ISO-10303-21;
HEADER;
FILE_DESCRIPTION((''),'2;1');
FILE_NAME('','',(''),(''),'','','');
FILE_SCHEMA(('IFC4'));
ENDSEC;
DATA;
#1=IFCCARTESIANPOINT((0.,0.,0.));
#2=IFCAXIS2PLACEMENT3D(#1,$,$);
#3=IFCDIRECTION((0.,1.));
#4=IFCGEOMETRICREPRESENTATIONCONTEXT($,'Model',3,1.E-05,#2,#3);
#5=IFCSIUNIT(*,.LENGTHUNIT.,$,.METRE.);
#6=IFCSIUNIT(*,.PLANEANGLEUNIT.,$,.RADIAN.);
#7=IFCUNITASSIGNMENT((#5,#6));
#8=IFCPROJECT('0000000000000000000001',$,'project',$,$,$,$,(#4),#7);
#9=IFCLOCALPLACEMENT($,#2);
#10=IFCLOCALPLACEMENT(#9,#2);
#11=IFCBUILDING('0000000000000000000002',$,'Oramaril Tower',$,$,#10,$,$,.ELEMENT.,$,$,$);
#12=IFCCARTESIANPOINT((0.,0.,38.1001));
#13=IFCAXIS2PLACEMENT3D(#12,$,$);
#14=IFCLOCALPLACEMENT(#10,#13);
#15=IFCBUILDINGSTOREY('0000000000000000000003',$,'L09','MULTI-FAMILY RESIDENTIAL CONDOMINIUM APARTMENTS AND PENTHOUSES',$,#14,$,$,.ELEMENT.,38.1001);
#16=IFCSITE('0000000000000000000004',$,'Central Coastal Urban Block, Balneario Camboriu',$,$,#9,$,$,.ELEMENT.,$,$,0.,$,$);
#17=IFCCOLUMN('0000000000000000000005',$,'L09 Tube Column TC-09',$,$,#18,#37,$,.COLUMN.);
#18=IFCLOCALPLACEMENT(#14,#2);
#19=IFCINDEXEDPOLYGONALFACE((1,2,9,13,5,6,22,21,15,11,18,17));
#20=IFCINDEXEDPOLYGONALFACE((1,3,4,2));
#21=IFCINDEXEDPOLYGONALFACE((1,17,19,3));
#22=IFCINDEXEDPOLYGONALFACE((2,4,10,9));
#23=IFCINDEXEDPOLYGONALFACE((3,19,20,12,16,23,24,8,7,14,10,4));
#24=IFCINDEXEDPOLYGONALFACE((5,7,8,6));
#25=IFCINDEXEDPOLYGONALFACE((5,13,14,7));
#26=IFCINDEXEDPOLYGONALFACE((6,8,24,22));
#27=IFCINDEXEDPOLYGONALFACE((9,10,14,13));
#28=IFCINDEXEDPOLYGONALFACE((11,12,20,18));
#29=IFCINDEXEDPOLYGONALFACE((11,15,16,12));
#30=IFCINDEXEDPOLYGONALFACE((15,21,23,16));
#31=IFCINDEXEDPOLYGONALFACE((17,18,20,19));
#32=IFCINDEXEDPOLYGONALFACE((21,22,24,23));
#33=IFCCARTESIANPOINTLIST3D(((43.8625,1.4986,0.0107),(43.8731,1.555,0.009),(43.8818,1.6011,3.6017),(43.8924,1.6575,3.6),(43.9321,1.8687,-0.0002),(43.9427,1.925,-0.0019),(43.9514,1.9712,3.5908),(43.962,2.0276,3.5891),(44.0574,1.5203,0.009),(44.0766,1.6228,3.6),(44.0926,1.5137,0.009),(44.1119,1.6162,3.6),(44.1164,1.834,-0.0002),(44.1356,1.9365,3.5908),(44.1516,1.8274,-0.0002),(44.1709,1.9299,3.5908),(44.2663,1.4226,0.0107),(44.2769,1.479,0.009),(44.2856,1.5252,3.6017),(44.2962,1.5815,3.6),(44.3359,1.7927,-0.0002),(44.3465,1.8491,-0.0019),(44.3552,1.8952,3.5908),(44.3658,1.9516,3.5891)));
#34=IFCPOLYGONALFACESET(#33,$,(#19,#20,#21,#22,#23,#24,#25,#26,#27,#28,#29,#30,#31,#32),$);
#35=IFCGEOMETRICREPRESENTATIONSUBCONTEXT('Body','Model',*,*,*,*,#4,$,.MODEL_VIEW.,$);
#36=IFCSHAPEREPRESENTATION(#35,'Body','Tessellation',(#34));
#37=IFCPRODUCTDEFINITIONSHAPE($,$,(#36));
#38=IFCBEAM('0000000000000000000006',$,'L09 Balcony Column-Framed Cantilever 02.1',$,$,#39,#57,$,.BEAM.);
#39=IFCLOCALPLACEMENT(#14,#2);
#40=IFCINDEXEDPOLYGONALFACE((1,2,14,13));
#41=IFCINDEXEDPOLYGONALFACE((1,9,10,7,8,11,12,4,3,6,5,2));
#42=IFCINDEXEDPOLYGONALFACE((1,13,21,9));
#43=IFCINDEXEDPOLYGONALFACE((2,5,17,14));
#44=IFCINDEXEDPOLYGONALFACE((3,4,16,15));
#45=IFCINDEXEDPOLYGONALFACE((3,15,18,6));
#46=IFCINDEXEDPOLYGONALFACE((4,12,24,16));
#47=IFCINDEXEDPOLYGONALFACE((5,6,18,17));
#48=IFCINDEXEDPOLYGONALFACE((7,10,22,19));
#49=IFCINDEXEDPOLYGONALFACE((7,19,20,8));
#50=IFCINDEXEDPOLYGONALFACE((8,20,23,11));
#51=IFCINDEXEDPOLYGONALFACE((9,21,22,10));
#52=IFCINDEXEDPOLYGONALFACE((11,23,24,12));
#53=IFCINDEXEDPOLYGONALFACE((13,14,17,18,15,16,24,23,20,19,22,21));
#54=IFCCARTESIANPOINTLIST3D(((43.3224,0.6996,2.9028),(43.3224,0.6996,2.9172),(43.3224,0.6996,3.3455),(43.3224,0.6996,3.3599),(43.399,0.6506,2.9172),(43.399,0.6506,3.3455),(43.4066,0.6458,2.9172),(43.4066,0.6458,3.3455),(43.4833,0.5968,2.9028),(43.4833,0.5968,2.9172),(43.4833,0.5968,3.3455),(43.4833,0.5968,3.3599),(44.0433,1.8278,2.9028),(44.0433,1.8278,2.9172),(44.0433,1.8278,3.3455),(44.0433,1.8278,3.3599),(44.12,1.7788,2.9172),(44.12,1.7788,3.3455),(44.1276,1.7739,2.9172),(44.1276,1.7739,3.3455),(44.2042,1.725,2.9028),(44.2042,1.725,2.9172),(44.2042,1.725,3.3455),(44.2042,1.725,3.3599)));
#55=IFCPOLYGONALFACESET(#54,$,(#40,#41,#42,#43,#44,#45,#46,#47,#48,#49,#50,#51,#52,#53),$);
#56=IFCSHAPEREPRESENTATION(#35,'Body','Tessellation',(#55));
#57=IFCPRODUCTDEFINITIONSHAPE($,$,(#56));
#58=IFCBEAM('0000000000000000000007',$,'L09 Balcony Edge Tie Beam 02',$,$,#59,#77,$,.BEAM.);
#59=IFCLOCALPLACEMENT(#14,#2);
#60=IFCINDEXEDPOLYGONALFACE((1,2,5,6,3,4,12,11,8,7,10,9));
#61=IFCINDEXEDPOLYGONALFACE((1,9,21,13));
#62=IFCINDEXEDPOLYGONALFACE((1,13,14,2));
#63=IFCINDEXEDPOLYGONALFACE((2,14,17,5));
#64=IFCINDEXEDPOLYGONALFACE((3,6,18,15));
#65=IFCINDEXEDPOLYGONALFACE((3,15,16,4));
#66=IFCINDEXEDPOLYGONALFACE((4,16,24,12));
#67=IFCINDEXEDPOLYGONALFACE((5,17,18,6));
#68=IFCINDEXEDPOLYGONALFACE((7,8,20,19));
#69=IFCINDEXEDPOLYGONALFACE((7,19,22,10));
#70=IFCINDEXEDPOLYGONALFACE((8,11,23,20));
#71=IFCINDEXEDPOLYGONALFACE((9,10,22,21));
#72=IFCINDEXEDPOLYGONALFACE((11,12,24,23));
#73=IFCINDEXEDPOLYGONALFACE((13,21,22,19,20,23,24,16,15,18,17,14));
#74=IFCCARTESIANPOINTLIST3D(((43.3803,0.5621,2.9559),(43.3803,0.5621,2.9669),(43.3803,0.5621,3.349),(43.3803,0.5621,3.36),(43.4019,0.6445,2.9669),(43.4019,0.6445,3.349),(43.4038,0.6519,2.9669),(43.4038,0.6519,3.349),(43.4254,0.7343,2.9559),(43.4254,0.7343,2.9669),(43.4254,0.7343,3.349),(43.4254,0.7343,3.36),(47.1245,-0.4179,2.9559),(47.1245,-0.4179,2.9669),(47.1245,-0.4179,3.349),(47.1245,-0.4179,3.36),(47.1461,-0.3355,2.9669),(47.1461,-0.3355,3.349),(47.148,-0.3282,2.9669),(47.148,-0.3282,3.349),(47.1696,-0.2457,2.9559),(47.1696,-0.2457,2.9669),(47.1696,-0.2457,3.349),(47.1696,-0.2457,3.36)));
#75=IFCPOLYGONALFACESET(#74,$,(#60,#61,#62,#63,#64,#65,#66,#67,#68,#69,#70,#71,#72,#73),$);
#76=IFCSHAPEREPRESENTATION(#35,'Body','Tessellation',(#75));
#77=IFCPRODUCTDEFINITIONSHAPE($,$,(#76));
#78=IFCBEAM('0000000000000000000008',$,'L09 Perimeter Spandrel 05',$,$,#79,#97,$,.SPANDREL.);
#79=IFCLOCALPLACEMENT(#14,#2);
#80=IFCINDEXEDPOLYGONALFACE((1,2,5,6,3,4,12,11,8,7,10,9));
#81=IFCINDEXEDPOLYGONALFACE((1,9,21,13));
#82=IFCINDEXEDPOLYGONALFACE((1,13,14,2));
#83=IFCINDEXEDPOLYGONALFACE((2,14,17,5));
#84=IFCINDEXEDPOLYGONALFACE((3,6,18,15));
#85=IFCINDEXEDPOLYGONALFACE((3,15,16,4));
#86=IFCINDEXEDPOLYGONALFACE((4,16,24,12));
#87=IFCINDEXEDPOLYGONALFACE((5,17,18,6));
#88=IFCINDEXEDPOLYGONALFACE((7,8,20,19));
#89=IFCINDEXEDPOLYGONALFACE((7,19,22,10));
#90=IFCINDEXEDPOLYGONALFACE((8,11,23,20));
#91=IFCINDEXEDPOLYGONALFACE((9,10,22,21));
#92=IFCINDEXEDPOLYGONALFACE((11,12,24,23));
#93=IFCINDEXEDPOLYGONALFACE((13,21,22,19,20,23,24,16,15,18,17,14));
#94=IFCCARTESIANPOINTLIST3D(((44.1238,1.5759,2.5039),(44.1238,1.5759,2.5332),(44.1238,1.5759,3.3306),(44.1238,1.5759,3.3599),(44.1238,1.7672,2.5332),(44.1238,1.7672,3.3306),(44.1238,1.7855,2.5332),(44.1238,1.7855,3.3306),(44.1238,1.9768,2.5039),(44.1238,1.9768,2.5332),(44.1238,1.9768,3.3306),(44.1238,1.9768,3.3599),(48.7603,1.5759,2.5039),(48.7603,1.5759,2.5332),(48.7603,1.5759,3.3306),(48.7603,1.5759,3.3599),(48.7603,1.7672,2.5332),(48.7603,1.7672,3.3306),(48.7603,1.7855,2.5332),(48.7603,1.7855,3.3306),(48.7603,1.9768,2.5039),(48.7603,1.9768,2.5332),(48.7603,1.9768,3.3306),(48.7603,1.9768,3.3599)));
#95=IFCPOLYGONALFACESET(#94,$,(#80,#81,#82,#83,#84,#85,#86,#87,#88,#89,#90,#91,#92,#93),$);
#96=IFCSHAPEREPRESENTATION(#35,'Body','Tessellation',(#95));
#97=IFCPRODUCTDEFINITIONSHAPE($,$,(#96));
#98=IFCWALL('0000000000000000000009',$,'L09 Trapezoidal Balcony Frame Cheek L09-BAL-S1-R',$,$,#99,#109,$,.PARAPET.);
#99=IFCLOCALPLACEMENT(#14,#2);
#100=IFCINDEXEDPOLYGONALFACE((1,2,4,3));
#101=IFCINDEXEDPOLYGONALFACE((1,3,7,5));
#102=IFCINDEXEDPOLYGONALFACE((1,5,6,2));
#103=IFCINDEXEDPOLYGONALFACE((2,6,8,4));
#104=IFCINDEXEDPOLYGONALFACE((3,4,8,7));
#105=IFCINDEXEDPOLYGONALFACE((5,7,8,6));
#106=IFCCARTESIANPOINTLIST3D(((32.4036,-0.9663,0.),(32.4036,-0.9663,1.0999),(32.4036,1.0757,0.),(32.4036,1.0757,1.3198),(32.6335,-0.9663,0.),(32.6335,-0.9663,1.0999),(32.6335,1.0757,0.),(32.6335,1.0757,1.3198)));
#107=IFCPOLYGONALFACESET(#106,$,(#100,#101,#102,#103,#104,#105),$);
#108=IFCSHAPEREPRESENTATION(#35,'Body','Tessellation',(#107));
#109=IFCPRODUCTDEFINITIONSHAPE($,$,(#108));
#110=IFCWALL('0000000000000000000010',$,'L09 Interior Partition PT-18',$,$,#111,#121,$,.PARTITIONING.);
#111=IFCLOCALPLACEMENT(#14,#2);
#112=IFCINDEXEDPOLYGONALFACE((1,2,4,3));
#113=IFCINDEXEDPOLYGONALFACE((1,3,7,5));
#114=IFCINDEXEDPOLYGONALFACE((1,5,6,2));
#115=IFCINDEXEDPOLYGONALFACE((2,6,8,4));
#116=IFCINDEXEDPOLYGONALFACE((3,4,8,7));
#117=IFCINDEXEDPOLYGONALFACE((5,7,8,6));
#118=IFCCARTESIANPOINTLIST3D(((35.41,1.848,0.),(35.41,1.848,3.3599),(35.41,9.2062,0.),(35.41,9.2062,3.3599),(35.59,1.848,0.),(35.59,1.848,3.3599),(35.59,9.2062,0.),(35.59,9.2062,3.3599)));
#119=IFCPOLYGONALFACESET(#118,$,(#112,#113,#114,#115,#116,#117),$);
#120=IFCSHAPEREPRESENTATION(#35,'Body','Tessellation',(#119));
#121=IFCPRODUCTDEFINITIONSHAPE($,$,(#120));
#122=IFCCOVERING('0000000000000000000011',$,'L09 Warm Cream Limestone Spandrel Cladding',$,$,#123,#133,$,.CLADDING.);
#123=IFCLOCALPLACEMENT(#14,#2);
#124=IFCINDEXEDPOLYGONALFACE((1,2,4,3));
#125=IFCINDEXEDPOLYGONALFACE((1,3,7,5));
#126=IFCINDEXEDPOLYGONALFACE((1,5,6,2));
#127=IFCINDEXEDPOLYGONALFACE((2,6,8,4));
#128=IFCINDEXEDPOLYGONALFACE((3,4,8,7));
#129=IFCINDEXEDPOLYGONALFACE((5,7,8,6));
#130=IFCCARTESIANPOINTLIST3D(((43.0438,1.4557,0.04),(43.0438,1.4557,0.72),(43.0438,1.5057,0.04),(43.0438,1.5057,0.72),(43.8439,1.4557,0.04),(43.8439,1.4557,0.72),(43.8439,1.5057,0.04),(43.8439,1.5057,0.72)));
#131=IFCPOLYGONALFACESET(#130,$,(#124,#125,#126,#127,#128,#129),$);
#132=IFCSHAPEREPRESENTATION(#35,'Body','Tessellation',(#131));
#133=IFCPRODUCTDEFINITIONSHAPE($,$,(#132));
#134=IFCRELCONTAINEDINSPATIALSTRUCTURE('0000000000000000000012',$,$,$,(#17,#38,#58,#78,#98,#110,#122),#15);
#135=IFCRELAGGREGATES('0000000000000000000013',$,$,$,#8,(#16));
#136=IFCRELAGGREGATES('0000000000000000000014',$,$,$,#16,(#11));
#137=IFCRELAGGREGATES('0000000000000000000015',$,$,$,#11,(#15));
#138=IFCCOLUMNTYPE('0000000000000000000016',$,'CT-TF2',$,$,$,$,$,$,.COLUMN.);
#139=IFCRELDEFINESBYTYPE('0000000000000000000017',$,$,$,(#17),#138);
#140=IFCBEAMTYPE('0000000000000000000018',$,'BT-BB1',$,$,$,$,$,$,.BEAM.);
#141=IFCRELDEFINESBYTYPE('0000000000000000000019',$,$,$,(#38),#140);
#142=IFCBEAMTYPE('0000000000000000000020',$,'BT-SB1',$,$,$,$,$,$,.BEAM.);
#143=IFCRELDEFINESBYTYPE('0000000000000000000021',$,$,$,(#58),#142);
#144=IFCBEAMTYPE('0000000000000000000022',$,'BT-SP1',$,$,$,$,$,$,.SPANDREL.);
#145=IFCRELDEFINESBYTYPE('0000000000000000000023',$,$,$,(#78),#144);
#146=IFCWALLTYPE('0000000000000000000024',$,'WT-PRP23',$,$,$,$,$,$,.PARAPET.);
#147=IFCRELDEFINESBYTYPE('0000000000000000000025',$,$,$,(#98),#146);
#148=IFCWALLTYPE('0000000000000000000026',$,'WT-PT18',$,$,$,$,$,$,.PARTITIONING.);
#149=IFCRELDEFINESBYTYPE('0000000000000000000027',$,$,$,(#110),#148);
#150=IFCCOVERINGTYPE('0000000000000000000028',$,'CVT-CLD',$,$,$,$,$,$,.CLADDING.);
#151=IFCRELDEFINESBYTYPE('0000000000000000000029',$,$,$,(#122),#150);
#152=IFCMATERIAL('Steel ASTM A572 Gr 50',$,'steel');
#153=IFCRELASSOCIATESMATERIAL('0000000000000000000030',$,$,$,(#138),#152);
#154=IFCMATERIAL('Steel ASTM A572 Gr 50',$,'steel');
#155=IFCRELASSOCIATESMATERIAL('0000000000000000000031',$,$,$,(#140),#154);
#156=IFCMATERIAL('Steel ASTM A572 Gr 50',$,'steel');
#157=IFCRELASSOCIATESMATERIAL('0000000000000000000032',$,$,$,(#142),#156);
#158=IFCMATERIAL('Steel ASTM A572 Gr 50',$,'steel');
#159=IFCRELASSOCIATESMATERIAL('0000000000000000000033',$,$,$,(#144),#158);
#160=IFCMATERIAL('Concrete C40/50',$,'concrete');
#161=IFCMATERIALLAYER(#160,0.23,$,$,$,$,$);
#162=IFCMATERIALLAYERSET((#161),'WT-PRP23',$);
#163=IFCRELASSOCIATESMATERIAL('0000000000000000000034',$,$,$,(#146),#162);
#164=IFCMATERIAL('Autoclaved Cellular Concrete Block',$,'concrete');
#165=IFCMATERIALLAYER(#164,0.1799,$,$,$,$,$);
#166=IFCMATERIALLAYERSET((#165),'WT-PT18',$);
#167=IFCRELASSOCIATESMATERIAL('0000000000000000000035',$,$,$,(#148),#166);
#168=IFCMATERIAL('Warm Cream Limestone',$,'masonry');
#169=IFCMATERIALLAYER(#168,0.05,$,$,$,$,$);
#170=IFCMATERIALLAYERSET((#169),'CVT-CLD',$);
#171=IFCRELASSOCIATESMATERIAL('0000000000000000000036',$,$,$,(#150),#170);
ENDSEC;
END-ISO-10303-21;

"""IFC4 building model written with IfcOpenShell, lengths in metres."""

from ifc_helpers import new_model, si_unit, direction, frame, frame_2d, origin, origin_2d, place, context, subcontext, project, spatial, polyline, rectangle, i_section, outline, extrude, material, layer, layer_set, material_profile, profile_set, type_object, element, save


model = new_model("IFC4")

# Units and contexts
model_context = context("Model", 3, precision=1e-05, world=origin(), true_north=direction((0.0, 1.0)))
body_context = subcontext(model_context, "Body", "Model", "MODEL_VIEW")
ifc_project = project(units=[si_unit("LENGTHUNIT", "METRE"), si_unit("PLANEANGLEUNIT", "RADIAN")], contexts=[model_context])

# Site, building, storey
site_placement = place(None, origin())
site = spatial("IfcSite", under=ifc_project, at=site_placement, Name="Central Coastal Urban Block, Balneario Camboriu", CompositionType="ELEMENT", RefElevation=0.0)
building_placement = place(site_placement, origin())
building = spatial("IfcBuilding", under=site, at=building_placement, Name="Oramaril Tower", CompositionType="ELEMENT")
storey_placement = place(building_placement, frame((0.0, 0.0, 38.1001)))
storey = spatial("IfcBuildingStorey", under=building, at=storey_placement, Name="L09", Description="MULTI-FAMILY RESIDENTIAL CONDOMINIUM APARTMENTS AND PENTHOUSES", CompositionType="ELEMENT", Elevation=38.1001)

# Column
ifc_material_1 = material(Name="Steel ASTM A572 Gr 50", Category="steel")
ifc_material_profile_1 = material_profile(ifc_material_1, i_section(OverallWidth=0.4109, OverallDepth=0.4341, WebThickness=0.0359, FlangeThickness=0.0574, at=origin_2d()), Name="W14X311")
ifc_profile_set_1 = profile_set([ifc_material_profile_1], Name="Steel ASTM A572 Gr 50")
column_type = type_object("IfcColumnType", Name="CT-TF2", PredefinedType="COLUMN", material=ifc_profile_set_1)
column_placement = place(storey_placement, frame((44.1045, 1.6738, 0.0044), z_axis=(0.005369, 0.028542, 0.999578), x_axis=(-0.982766, 0.184854, 0.0)))
element("IfcColumn", 1, at=column_placement, inside=storey, type_object=column_type, Name="L09 Tube Column TC-09", PredefinedType="COLUMN", context=body_context, shape_type="SweptSolid", body=[
    extrude(i_section(OverallWidth=0.4109, OverallDepth=0.4341, WebThickness=0.0359, FlangeThickness=0.0574, at=origin_2d()), origin(), (0.0, 0.0, 1.0), 3.5925),
])

# Beams
ifc_material_2 = material(Name="Steel ASTM A572 Gr 50", Category="steel")
ifc_material_profile_2 = material_profile(ifc_material_2, i_section(OverallWidth=0.1909, OverallDepth=0.457, WebThickness=0.009, FlangeThickness=0.0144, at=origin_2d()), Name="W18X50")
ifc_profile_set_2 = profile_set([ifc_material_profile_2], Name="Steel ASTM A572 Gr 50")
beam_type_1 = type_object("IfcBeamType", Name="BT-BB1", PredefinedType="BEAM", material=ifc_profile_set_2)
beam_1_placement = place(storey_placement, frame((44.1238, 1.7764, 3.1313), z_axis=(-0.538479, -0.842639, 0.0), x_axis=(0.842639, -0.538479, 0.0)))
element("IfcBeam", 2, at=beam_1_placement, inside=storey, type_object=beam_type_1, Name="L09 Balcony Column-Framed Cantilever 02.1", PredefinedType="BEAM", context=body_context, shape_type="SweptSolid", body=[
    extrude(i_section(OverallWidth=0.1909, OverallDepth=0.457, WebThickness=0.009, FlangeThickness=0.0144, at=origin_2d()), origin(), (0.0, 0.0, 1.0), 1.3389),
])
ifc_material_3 = material(Name="Steel ASTM A572 Gr 50", Category="steel")
ifc_material_profile_3 = material_profile(ifc_material_3, i_section(OverallWidth=0.178, OverallDepth=0.4041, WebThickness=0.0076, FlangeThickness=0.011, at=origin_2d()), Name="W16X36")
ifc_profile_set_3 = profile_set([ifc_material_profile_3], Name="Steel ASTM A572 Gr 50")
beam_type_2 = type_object("IfcBeamType", Name="BT-SB1", PredefinedType="BEAM", material=ifc_profile_set_3)
beam_2_placement = place(storey_placement, frame((43.4028, 0.6482, 3.158), z_axis=(0.967412, -0.253208, 0.0), x_axis=(0.253208, 0.967412, 0.0)))
element("IfcBeam", 3, at=beam_2_placement, inside=storey, type_object=beam_type_2, Name="L09 Balcony Edge Tie Beam 02", PredefinedType="BEAM", context=body_context, shape_type="SweptSolid", body=[
    extrude(i_section(OverallWidth=0.178, OverallDepth=0.4041, WebThickness=0.0076, FlangeThickness=0.011, at=origin_2d()), origin(), (0.0, 0.0, 1.0), 3.8704),
])
ifc_material_4 = material(Name="Steel ASTM A572 Gr 50", Category="steel")
ifc_material_profile_4 = material_profile(ifc_material_4, i_section(OverallWidth=0.4009, OverallDepth=0.856, WebThickness=0.0183, FlangeThickness=0.0293, at=origin_2d()), Name="W33X201")
ifc_profile_set_4 = profile_set([ifc_material_profile_4], Name="Steel ASTM A572 Gr 50")
beam_type_3 = type_object("IfcBeamType", Name="BT-SP1", PredefinedType="SPANDREL", material=ifc_profile_set_4)
beam_3_placement = place(storey_placement, frame((44.1238, 1.7764, 2.9319), z_axis=(1.0, 0.0, 0.0), x_axis=(0.0, 1.0, 0.0)))
element("IfcBeam", 4, at=beam_3_placement, inside=storey, type_object=beam_type_3, Name="L09 Perimeter Spandrel 05", PredefinedType="SPANDREL", context=body_context, shape_type="SweptSolid", body=[
    extrude(i_section(OverallWidth=0.4009, OverallDepth=0.856, WebThickness=0.0183, FlangeThickness=0.0293, at=origin_2d()), origin(), (0.0, 0.0, 1.0), 4.6365),
])

# Walls
ifc_material_5 = material(Name="Concrete C40/50", Category="concrete")
ifc_layer_1 = layer(ifc_material_5, 0.23)
ifc_layer_set_1 = layer_set([ifc_layer_1], Name="WT-PRP23")
wall_type_1 = type_object("IfcWallType", Name="WT-PRP23", PredefinedType="PARAPET", material=ifc_layer_set_1)
wall_1_placement = place(storey_placement, frame((32.5186, 1.0757, 0.0), z_axis=(0.0, 0.0, 1.0), x_axis=(0.0, -1.0, 0.0)))
element("IfcWall", 5, at=wall_1_placement, inside=storey, type_object=wall_type_1, Name="L09 Trapezoidal Balcony Frame Cheek L09-BAL-S1-R", PredefinedType="PARAPET", context=body_context, shape_type="SweptSolid", body=[
    extrude(outline(polyline([(0.0, 0.0), (2.042, 0.0), (2.042, 1.0999), (0.0, 1.3198), (0.0, 0.0)])), frame((0.0, 0.115, 0.0), z_axis=(0.0, -1.0, 0.0), x_axis=(1.0, 0.0, 0.0)), (0.0, 0.0, 1.0), 0.23),
])
ifc_material_6 = material(Name="Autoclaved Cellular Concrete Block", Category="concrete")
ifc_layer_2 = layer(ifc_material_6, 0.1799)
ifc_layer_set_2 = layer_set([ifc_layer_2], Name="WT-PT18")
wall_type_2 = type_object("IfcWallType", Name="WT-PT18", PredefinedType="PARTITIONING", material=ifc_layer_set_2)
wall_2_placement = place(storey_placement, frame((35.5, 1.8479, 0.0), z_axis=(0.0, 0.0, 1.0), x_axis=(0.0, 1.0, 0.0)))
element("IfcWall", 6, at=wall_2_placement, inside=storey, type_object=wall_type_2, Name="L09 Interior Partition PT-18", PredefinedType="PARTITIONING", context=body_context, shape_type="SweptSolid", body=[
    extrude(rectangle(XDim=7.3582, YDim=0.1799, at=frame_2d((3.6792, 0.0))), origin(), (0.0, 0.0, 1.0), 3.3599),
])

# Covering
ifc_material_7 = material(Name="Warm Cream Limestone", Category="masonry")
ifc_layer_3 = layer(ifc_material_7, 0.05)
ifc_layer_set_3 = layer_set([ifc_layer_3], Name="CVT-CLD")
covering_type = type_object("IfcCoveringType", Name="CVT-CLD", PredefinedType="CLADDING", material=ifc_layer_set_3)
covering_placement = place(storey_placement, frame((43.4438, 1.4807, 0.04), z_axis=(0.0, 0.0, 1.0), x_axis=(1.0, 0.0, 0.0)))
element("IfcCovering", 7, at=covering_placement, inside=storey, type_object=covering_type, Name="L09 Warm Cream Limestone Spandrel Cladding", PredefinedType="CLADDING", context=body_context, shape_type="SweptSolid", body=[
    extrude(rectangle(XDim=0.8, YDim=0.05, at=origin_2d()), origin(), (0.0, 0.0, 1.0), 0.6799),
])

save(model, "model.ifc")
